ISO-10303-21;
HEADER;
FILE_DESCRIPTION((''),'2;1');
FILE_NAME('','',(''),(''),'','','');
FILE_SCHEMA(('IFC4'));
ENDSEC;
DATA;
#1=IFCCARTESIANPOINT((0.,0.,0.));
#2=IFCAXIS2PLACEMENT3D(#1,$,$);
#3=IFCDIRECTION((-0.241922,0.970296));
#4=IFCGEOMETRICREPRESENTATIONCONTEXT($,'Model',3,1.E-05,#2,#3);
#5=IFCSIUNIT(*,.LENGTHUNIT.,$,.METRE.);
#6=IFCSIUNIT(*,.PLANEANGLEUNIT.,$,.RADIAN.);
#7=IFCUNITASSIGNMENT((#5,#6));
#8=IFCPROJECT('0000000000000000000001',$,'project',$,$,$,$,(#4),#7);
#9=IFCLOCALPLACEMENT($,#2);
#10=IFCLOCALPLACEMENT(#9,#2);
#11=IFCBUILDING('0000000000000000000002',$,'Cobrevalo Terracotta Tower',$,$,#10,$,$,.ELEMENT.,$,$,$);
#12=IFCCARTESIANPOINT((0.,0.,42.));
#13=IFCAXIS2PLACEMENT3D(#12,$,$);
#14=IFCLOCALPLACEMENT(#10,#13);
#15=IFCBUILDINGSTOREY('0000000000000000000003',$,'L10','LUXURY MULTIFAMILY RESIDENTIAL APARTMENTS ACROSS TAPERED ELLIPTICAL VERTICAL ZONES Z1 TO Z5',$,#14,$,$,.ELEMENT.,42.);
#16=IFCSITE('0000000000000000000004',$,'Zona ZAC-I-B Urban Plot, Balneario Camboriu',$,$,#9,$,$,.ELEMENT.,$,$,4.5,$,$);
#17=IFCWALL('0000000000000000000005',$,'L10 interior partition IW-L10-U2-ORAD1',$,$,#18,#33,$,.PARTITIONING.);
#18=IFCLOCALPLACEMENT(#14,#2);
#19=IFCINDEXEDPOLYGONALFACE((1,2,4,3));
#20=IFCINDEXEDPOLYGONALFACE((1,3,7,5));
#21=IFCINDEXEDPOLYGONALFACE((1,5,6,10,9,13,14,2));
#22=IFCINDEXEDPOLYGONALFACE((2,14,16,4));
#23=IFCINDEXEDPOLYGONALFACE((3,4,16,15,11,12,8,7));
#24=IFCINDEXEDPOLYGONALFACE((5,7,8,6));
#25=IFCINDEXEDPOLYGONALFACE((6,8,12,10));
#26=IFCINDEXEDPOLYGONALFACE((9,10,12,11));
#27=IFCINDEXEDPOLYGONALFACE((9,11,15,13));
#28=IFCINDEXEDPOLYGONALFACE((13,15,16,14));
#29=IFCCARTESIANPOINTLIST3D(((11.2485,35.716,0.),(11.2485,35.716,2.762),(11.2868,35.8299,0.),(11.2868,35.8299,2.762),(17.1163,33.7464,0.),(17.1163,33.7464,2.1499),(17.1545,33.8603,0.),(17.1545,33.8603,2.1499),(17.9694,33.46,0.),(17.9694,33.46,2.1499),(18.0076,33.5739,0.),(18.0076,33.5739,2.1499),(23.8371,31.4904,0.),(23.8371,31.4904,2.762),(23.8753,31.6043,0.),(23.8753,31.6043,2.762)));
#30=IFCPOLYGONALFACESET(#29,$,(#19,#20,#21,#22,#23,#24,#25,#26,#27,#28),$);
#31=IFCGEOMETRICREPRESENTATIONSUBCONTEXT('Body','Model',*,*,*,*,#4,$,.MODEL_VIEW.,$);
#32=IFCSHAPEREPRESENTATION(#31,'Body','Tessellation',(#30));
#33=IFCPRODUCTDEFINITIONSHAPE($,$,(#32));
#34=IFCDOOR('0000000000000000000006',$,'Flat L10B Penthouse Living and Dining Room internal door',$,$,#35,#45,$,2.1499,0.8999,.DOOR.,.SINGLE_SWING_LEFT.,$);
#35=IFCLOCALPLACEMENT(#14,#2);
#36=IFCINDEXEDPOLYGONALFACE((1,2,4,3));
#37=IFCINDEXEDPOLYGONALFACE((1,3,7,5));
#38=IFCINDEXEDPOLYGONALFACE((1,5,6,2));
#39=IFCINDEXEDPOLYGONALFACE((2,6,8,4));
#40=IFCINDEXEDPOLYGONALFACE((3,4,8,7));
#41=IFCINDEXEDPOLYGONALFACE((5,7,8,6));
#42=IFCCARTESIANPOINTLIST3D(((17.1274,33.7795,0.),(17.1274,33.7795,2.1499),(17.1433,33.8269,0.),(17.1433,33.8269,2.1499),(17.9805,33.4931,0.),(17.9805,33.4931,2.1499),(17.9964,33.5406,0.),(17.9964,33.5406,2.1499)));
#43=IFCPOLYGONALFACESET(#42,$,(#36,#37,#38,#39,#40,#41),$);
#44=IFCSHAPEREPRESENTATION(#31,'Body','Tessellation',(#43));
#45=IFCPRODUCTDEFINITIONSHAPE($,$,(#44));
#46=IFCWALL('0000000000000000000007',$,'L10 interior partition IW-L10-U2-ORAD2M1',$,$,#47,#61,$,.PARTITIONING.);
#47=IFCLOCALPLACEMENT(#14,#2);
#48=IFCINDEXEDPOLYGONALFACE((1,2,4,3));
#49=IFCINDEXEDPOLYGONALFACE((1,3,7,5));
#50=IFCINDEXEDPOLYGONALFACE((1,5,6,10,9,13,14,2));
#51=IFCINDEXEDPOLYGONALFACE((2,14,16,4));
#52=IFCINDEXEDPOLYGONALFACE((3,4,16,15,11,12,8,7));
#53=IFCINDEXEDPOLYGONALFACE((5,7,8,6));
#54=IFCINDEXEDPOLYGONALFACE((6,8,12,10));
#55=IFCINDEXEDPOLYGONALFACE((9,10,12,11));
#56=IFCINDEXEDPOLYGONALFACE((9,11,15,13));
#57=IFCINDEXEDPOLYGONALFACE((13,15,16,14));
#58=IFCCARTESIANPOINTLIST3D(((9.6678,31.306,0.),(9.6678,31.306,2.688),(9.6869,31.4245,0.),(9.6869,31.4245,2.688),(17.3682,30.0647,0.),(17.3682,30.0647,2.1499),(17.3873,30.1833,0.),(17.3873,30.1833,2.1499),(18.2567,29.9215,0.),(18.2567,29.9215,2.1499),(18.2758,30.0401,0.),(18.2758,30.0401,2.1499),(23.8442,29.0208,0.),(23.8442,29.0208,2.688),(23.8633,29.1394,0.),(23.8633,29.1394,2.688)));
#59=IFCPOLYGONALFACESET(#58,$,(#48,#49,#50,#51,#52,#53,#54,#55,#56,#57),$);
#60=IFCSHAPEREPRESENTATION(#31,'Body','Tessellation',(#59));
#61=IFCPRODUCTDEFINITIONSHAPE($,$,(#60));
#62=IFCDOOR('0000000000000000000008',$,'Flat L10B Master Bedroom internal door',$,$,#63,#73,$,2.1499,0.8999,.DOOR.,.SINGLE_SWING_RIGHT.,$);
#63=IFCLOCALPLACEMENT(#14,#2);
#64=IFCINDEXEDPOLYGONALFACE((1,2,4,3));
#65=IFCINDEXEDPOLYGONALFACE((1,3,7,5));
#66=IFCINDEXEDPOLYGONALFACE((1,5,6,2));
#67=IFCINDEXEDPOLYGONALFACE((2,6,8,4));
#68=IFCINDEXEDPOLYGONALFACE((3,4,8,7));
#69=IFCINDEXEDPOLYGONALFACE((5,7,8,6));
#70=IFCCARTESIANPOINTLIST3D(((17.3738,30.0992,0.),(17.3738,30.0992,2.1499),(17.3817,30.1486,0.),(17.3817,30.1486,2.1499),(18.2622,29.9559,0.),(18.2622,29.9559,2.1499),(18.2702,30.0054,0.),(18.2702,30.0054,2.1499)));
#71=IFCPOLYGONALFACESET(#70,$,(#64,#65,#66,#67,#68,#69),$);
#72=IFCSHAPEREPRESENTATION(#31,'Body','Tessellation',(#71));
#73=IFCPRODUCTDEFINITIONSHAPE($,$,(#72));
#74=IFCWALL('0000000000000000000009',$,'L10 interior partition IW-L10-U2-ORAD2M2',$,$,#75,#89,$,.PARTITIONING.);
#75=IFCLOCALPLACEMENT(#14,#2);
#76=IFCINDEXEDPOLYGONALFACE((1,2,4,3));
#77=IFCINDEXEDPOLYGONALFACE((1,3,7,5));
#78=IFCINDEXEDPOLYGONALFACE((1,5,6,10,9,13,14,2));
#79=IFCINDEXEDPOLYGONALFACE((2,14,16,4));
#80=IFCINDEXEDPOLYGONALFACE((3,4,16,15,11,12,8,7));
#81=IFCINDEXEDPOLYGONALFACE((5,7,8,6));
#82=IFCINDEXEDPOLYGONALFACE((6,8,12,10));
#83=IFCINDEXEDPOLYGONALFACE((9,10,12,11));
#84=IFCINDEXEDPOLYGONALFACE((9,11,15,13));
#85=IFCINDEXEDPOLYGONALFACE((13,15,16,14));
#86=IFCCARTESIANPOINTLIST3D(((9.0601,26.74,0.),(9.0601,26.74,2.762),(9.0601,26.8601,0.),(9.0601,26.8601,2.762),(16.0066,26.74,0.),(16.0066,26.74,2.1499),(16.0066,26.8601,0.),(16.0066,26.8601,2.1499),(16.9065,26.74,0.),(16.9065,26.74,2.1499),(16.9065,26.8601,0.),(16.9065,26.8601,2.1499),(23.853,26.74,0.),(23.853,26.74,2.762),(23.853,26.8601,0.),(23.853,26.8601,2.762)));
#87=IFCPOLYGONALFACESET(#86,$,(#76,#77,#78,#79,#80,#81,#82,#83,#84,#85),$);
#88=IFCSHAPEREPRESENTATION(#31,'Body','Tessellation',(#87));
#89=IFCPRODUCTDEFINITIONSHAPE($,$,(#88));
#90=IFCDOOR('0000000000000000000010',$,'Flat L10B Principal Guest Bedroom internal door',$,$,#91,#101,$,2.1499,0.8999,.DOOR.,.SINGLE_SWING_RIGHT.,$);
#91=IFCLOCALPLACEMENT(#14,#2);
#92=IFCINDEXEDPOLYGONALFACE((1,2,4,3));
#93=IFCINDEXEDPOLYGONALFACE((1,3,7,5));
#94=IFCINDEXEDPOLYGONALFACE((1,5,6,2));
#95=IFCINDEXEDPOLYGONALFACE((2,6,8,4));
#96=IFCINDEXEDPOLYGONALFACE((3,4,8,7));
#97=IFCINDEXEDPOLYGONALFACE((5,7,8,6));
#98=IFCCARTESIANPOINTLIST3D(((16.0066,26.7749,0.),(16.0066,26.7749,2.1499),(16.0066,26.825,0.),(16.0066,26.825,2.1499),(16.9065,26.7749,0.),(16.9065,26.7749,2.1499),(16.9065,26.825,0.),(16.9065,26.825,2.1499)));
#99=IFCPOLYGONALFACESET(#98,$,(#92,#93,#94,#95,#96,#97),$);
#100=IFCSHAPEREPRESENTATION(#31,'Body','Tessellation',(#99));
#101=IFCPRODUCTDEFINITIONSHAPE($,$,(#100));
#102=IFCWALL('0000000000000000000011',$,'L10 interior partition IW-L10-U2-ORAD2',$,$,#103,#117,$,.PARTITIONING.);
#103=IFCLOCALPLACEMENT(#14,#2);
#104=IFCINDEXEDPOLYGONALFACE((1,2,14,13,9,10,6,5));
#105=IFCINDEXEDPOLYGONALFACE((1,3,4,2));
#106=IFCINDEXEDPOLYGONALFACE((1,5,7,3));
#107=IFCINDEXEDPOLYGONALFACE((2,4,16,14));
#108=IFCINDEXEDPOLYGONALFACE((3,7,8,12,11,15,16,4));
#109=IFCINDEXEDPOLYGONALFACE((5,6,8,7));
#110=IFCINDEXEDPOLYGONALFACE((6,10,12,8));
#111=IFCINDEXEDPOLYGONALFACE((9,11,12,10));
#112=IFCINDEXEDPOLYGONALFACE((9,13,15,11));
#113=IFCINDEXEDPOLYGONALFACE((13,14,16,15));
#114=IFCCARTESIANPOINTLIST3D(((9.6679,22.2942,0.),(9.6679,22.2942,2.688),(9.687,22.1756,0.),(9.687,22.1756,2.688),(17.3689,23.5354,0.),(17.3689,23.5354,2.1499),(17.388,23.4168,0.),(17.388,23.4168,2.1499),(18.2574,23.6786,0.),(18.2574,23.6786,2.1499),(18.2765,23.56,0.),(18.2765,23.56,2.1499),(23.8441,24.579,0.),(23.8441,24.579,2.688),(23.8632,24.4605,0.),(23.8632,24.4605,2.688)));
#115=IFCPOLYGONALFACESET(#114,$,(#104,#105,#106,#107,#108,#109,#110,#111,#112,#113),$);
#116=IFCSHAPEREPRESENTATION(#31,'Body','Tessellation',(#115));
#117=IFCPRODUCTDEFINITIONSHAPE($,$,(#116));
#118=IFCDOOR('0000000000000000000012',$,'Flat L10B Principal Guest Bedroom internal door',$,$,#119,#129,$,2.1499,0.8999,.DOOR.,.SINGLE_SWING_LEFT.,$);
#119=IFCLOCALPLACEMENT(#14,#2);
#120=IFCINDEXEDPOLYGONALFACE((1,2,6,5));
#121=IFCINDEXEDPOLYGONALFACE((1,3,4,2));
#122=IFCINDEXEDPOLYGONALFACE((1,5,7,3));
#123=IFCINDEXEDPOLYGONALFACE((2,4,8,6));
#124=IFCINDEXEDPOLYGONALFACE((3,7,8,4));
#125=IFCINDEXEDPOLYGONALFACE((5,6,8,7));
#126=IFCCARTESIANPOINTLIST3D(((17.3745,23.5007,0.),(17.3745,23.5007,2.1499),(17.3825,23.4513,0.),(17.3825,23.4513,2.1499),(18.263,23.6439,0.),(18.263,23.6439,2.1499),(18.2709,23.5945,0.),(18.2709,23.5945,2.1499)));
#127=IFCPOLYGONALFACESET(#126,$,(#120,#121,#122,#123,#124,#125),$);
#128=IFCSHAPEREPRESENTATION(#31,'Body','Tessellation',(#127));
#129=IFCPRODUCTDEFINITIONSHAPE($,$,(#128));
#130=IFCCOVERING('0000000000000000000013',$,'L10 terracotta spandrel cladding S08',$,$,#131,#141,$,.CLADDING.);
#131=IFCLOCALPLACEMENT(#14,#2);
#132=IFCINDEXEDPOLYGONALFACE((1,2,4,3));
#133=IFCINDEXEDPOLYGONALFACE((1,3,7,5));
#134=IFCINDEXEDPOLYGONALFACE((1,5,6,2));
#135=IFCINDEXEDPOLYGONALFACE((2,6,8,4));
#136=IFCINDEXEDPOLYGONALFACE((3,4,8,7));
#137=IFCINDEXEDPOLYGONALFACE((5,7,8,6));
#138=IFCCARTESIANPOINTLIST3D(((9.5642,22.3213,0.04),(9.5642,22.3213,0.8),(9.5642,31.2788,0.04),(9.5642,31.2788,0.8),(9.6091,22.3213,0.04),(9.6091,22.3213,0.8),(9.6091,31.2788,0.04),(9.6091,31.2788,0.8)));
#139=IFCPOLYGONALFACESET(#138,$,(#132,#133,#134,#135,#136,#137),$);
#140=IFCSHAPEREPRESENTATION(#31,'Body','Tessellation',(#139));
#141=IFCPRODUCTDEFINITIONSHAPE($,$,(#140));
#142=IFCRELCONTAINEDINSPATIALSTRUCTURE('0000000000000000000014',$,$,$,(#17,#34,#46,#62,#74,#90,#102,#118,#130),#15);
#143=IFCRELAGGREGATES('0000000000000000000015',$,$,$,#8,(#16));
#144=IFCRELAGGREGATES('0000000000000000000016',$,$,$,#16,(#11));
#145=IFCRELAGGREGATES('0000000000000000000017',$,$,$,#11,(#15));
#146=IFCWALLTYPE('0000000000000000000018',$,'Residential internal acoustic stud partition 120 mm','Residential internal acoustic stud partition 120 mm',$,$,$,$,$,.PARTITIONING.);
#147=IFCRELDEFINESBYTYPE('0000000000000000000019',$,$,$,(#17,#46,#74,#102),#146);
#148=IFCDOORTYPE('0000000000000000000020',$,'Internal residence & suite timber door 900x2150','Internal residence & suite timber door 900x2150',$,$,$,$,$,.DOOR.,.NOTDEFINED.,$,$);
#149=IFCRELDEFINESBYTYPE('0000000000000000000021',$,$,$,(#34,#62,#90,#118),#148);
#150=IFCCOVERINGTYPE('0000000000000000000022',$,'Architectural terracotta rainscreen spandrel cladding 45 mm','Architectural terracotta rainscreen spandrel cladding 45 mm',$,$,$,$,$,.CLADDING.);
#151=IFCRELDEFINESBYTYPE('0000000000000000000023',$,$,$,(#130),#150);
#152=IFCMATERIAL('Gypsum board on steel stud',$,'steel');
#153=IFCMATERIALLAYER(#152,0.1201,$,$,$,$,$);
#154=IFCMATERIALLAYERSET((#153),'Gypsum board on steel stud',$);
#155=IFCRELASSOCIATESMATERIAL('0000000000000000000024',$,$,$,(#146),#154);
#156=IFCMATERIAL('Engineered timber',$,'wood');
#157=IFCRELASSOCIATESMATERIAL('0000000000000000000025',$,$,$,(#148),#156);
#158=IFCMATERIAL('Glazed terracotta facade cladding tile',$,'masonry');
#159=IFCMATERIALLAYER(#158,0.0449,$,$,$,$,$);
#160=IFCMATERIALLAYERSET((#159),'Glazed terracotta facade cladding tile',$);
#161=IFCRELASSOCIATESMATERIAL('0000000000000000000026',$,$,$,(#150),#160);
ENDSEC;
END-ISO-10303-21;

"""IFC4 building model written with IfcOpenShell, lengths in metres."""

from ifc_helpers import new_model, si_unit, direction, frame, frame_2d, origin, origin_2d, place, context, subcontext, project, spatial, rectangle, extrude, source, transform, mapped, material, layer, layer_set, type_object, element, fill, save


model = new_model("IFC4")

# Units and contexts
model_context = context("Model", 3, precision=1e-05, world=origin(), true_north=direction((-0.241922, 0.970296)))
body_context = subcontext(model_context, "Body", "Model", "MODEL_VIEW")
ifc_project = project(units=[si_unit("LENGTHUNIT", "METRE"), si_unit("PLANEANGLEUNIT", "RADIAN")], contexts=[model_context])

# Site, building, storey
site_placement = place(None, origin())
site = spatial("IfcSite", under=ifc_project, at=site_placement, Name="Zona ZAC-I-B Urban Plot, Balneario Camboriu", CompositionType="ELEMENT", RefElevation=4.5)
building_placement = place(site_placement, origin())
building = spatial("IfcBuilding", under=site, at=building_placement, Name="Cobrevalo Terracotta Tower", CompositionType="ELEMENT")
storey_placement = place(building_placement, frame((0.0, 0.0, 42.0)))
storey = spatial("IfcBuildingStorey", under=building, at=storey_placement, Name="L10", Description="LUXURY MULTIFAMILY RESIDENTIAL APARTMENTS ACROSS TAPERED ELLIPTICAL VERTICAL ZONES Z1 TO Z5", CompositionType="ELEMENT", Elevation=42.0)

# Walls, openings, doors
ifc_material_1 = material(Name="Gypsum board on steel stud", Category="steel")
ifc_layer_1 = layer(ifc_material_1, 0.1201)
ifc_layer_set_1 = layer_set([ifc_layer_1], Name="Gypsum board on steel stud")
wall_type_1 = type_object("IfcWallType", Name="Residential internal acoustic stud partition 120 mm", Description="Residential internal acoustic stud partition 120 mm", PredefinedType="PARTITIONING", material=ifc_layer_set_1)
wall_1_placement = place(storey_placement, frame((23.8562, 31.5474, 0.0), z_axis=(0.0, 0.0, 1.0), x_axis=(-0.948017, 0.318218, 0.0)))
wall_1 = element("IfcWall", 1, at=wall_1_placement, inside=storey, type_object=wall_type_1, Name="L10 interior partition IW-L10-U2-ORAD1", PredefinedType="PARTITIONING", context=body_context, shape_type="SweptSolid", body=[
    extrude(rectangle(XDim=13.2788, YDim=0.1201, at=frame_2d((6.6394, 0.0))), origin(), (0.0, 0.0, 1.0), 2.762),
])
opening_1_placement = place(wall_1_placement, frame((6.1895, 0.0, 0.0)))
opening_1 = element("IfcOpeningElement", 2, at=opening_1_placement, cuts=wall_1, PredefinedType="OPENING", context=body_context, shape_type="SweptSolid", body=[
    extrude(rectangle(XDim=0.8999, YDim=2.1499, at=frame_2d((0.45, 1.075))), frame((0.0, 0.0701, 0.0), z_axis=(0.0, -1.0, 0.0), x_axis=(1.0, 0.0, 0.0)), (0.0, 0.0, 1.0), 0.1401),
])
ifc_material_2 = material(Name="Engineered timber", Category="wood")
door_type = type_object("IfcDoorType", Name="Internal residence & suite timber door 900x2150", Description="Internal residence & suite timber door 900x2150", OperationType="NOTDEFINED", PredefinedType="DOOR", material=ifc_material_2)
shared_shape_1 = source(origin(), body_context, "Body", "SweptSolid", [
    extrude(rectangle(XDim=0.8999, YDim=2.1499, at=frame_2d((0.45, 1.075))), frame((0.0, 0.0249, 0.0), z_axis=(0.0, -1.0, 0.0), x_axis=(1.0, 0.0, 0.0)), (0.0, 0.0, 1.0), 0.05),
])
door_1_placement = place(opening_1_placement, frame((0.8999, 0.0, 0.0), z_axis=(0.0, 0.0, 1.0), x_axis=(-1.0, 0.0, 0.0)))
door_1 = element("IfcDoor", 3, at=door_1_placement, inside=storey, type_object=door_type, Name="Flat L10B Penthouse Living and Dining Room internal door", OperationType="SINGLE_SWING_LEFT", OverallHeight=2.1499, OverallWidth=0.8999, PredefinedType="DOOR", context=body_context, shape_type="MappedRepresentation", body=[
    mapped(shared_shape_1, transform((0.0, 0.0, 0.0), scale=1.0)),
])
fill(opening_1, door_1)
wall_2_placement = place(storey_placement, frame((23.8538, 29.0801, 0.0), z_axis=(0.0, 0.0, 1.0), x_axis=(-0.987256, 0.159142, 0.0)))
wall_2 = element("IfcWall", 4, at=wall_2_placement, inside=storey, type_object=wall_type_1, Name="L10 interior partition IW-L10-U2-ORAD2M1", PredefinedType="PARTITIONING", context=body_context, shape_type="SweptSolid", body=[
    extrude(rectangle(XDim=14.3594, YDim=0.1201, at=frame_2d((7.1797, 0.0))), origin(), (0.0, 0.0, 1.0), 2.688),
])
opening_2_placement = place(wall_2_placement, frame((5.6597, 0.0, 0.0)))
opening_2 = element("IfcOpeningElement", 5, at=opening_2_placement, cuts=wall_2, PredefinedType="OPENING", context=body_context, shape_type="SweptSolid", body=[
    extrude(rectangle(XDim=0.8999, YDim=2.1499, at=frame_2d((0.45, 1.075))), frame((0.0, 0.0701, 0.0), z_axis=(0.0, -1.0, 0.0), x_axis=(1.0, 0.0, 0.0)), (0.0, 0.0, 1.0), 0.1401),
])
door_2_placement = place(opening_2_placement, frame((0.8999, 0.0, 0.0), z_axis=(0.0, 0.0, 1.0), x_axis=(-1.0, 0.0, 0.0)))
door_2 = element("IfcDoor", 6, at=door_2_placement, inside=storey, type_object=door_type, Name="Flat L10B Master Bedroom internal door", OperationType="SINGLE_SWING_RIGHT", OverallHeight=2.1499, OverallWidth=0.8999, PredefinedType="DOOR", context=body_context, shape_type="MappedRepresentation", body=[
    mapped(shared_shape_1, transform((0.0, 0.0, 0.0), scale=1.0)),
])
fill(opening_2, door_2)
wall_3_placement = place(storey_placement, frame((23.853, 26.8, 0.0), z_axis=(0.0, 0.0, 1.0), x_axis=(-1.0, 0.0, 0.0)))
wall_3 = element("IfcWall", 7, at=wall_3_placement, inside=storey, type_object=wall_type_1, Name="L10 interior partition IW-L10-U2-ORAD2M2", PredefinedType="PARTITIONING", context=body_context, shape_type="SweptSolid", body=[
    extrude(rectangle(XDim=14.793, YDim=0.1201, at=frame_2d((7.3965, 0.0))), origin(), (0.0, 0.0, 1.0), 2.762),
])
opening_3_placement = place(wall_3_placement, frame((6.9465, 0.0, 0.0)))
opening_3 = element("IfcOpeningElement", 8, at=opening_3_placement, cuts=wall_3, PredefinedType="OPENING", context=body_context, shape_type="SweptSolid", body=[
    extrude(rectangle(XDim=0.8999, YDim=2.1499, at=frame_2d((0.45, 1.075))), frame((0.0, 0.0701, 0.0), z_axis=(0.0, -1.0, 0.0), x_axis=(1.0, 0.0, 0.0)), (0.0, 0.0, 1.0), 0.1401),
])
door_3_placement = place(opening_3_placement, frame((0.8999, 0.0, 0.0), z_axis=(0.0, 0.0, 1.0), x_axis=(-1.0, 0.0, 0.0)))
door_3 = element("IfcDoor", 9, at=door_3_placement, inside=storey, type_object=door_type, Name="Flat L10B Principal Guest Bedroom internal door", OperationType="SINGLE_SWING_RIGHT", OverallHeight=2.1499, OverallWidth=0.8999, PredefinedType="DOOR", context=body_context, shape_type="MappedRepresentation", body=[
    mapped(shared_shape_1, transform((0.0, 0.0, 0.0), scale=1.0)),
])
fill(opening_3, door_3)
wall_4_placement = place(storey_placement, frame((23.8538, 24.5198, 0.0), z_axis=(0.0, 0.0, 1.0), x_axis=(-0.987258, -0.159125, 0.0)))
wall_4 = element("IfcWall", 10, at=wall_4_placement, inside=storey, type_object=wall_type_1, Name="L10 interior partition IW-L10-U2-ORAD2", PredefinedType="PARTITIONING", context=body_context, shape_type="SweptSolid", body=[
    extrude(rectangle(XDim=14.3591, YDim=0.1201, at=frame_2d((7.1797, 0.0))), origin(), (0.0, 0.0, 1.0), 2.688),
])
opening_4_placement = place(wall_4_placement, frame((5.6589, 0.0, 0.0)))
opening_4 = element("IfcOpeningElement", 11, at=opening_4_placement, cuts=wall_4, PredefinedType="OPENING", context=body_context, shape_type="SweptSolid", body=[
    extrude(rectangle(XDim=0.8999, YDim=2.1499, at=frame_2d((0.45, 1.075))), frame((0.0, 0.0701, 0.0), z_axis=(0.0, -1.0, 0.0), x_axis=(1.0, 0.0, 0.0)), (0.0, 0.0, 1.0), 0.1401),
])
door_4_placement = place(opening_4_placement, frame((0.8999, 0.0, 0.0), z_axis=(0.0, 0.0, 1.0), x_axis=(-1.0, 0.0, 0.0)))
door_4 = element("IfcDoor", 12, at=door_4_placement, inside=storey, type_object=door_type, Name="Flat L10B Principal Guest Bedroom internal door", OperationType="SINGLE_SWING_LEFT", OverallHeight=2.1499, OverallWidth=0.8999, PredefinedType="DOOR", context=body_context, shape_type="MappedRepresentation", body=[
    mapped(shared_shape_1, transform((0.0, 0.0, 0.0), scale=1.0)),
])
fill(opening_4, door_4)

# Covering
ifc_material_3 = material(Name="Glazed terracotta facade cladding tile", Category="masonry")
ifc_layer_2 = layer(ifc_material_3, 0.0449)
ifc_layer_set_2 = layer_set([ifc_layer_2], Name="Glazed terracotta facade cladding tile")
covering_type = type_object("IfcCoveringType", Name="Architectural terracotta rainscreen spandrel cladding 45 mm", Description="Architectural terracotta rainscreen spandrel cladding 45 mm", PredefinedType="CLADDING", material=ifc_layer_set_2)
shared_shape_2 = source(origin(), body_context, "Body", "SweptSolid", [
    extrude(rectangle(XDim=8.9575, YDim=0.0449, at=origin_2d()), origin(), (0.0, 0.0, 1.0), 0.76),
])
covering_placement = place(storey_placement, frame((9.5867, 26.8, 0.04), z_axis=(0.0, 0.0, 1.0), x_axis=(0.0, -1.0, 0.0)))
element("IfcCovering", 13, at=covering_placement, inside=storey, type_object=covering_type, Name="L10 terracotta spandrel cladding S08", PredefinedType="CLADDING", context=body_context, shape_type="MappedRepresentation", body=[
    mapped(shared_shape_2, transform((0.0, 0.0, 0.0), scale=1.0)),
])

save(model, "model.ifc")
